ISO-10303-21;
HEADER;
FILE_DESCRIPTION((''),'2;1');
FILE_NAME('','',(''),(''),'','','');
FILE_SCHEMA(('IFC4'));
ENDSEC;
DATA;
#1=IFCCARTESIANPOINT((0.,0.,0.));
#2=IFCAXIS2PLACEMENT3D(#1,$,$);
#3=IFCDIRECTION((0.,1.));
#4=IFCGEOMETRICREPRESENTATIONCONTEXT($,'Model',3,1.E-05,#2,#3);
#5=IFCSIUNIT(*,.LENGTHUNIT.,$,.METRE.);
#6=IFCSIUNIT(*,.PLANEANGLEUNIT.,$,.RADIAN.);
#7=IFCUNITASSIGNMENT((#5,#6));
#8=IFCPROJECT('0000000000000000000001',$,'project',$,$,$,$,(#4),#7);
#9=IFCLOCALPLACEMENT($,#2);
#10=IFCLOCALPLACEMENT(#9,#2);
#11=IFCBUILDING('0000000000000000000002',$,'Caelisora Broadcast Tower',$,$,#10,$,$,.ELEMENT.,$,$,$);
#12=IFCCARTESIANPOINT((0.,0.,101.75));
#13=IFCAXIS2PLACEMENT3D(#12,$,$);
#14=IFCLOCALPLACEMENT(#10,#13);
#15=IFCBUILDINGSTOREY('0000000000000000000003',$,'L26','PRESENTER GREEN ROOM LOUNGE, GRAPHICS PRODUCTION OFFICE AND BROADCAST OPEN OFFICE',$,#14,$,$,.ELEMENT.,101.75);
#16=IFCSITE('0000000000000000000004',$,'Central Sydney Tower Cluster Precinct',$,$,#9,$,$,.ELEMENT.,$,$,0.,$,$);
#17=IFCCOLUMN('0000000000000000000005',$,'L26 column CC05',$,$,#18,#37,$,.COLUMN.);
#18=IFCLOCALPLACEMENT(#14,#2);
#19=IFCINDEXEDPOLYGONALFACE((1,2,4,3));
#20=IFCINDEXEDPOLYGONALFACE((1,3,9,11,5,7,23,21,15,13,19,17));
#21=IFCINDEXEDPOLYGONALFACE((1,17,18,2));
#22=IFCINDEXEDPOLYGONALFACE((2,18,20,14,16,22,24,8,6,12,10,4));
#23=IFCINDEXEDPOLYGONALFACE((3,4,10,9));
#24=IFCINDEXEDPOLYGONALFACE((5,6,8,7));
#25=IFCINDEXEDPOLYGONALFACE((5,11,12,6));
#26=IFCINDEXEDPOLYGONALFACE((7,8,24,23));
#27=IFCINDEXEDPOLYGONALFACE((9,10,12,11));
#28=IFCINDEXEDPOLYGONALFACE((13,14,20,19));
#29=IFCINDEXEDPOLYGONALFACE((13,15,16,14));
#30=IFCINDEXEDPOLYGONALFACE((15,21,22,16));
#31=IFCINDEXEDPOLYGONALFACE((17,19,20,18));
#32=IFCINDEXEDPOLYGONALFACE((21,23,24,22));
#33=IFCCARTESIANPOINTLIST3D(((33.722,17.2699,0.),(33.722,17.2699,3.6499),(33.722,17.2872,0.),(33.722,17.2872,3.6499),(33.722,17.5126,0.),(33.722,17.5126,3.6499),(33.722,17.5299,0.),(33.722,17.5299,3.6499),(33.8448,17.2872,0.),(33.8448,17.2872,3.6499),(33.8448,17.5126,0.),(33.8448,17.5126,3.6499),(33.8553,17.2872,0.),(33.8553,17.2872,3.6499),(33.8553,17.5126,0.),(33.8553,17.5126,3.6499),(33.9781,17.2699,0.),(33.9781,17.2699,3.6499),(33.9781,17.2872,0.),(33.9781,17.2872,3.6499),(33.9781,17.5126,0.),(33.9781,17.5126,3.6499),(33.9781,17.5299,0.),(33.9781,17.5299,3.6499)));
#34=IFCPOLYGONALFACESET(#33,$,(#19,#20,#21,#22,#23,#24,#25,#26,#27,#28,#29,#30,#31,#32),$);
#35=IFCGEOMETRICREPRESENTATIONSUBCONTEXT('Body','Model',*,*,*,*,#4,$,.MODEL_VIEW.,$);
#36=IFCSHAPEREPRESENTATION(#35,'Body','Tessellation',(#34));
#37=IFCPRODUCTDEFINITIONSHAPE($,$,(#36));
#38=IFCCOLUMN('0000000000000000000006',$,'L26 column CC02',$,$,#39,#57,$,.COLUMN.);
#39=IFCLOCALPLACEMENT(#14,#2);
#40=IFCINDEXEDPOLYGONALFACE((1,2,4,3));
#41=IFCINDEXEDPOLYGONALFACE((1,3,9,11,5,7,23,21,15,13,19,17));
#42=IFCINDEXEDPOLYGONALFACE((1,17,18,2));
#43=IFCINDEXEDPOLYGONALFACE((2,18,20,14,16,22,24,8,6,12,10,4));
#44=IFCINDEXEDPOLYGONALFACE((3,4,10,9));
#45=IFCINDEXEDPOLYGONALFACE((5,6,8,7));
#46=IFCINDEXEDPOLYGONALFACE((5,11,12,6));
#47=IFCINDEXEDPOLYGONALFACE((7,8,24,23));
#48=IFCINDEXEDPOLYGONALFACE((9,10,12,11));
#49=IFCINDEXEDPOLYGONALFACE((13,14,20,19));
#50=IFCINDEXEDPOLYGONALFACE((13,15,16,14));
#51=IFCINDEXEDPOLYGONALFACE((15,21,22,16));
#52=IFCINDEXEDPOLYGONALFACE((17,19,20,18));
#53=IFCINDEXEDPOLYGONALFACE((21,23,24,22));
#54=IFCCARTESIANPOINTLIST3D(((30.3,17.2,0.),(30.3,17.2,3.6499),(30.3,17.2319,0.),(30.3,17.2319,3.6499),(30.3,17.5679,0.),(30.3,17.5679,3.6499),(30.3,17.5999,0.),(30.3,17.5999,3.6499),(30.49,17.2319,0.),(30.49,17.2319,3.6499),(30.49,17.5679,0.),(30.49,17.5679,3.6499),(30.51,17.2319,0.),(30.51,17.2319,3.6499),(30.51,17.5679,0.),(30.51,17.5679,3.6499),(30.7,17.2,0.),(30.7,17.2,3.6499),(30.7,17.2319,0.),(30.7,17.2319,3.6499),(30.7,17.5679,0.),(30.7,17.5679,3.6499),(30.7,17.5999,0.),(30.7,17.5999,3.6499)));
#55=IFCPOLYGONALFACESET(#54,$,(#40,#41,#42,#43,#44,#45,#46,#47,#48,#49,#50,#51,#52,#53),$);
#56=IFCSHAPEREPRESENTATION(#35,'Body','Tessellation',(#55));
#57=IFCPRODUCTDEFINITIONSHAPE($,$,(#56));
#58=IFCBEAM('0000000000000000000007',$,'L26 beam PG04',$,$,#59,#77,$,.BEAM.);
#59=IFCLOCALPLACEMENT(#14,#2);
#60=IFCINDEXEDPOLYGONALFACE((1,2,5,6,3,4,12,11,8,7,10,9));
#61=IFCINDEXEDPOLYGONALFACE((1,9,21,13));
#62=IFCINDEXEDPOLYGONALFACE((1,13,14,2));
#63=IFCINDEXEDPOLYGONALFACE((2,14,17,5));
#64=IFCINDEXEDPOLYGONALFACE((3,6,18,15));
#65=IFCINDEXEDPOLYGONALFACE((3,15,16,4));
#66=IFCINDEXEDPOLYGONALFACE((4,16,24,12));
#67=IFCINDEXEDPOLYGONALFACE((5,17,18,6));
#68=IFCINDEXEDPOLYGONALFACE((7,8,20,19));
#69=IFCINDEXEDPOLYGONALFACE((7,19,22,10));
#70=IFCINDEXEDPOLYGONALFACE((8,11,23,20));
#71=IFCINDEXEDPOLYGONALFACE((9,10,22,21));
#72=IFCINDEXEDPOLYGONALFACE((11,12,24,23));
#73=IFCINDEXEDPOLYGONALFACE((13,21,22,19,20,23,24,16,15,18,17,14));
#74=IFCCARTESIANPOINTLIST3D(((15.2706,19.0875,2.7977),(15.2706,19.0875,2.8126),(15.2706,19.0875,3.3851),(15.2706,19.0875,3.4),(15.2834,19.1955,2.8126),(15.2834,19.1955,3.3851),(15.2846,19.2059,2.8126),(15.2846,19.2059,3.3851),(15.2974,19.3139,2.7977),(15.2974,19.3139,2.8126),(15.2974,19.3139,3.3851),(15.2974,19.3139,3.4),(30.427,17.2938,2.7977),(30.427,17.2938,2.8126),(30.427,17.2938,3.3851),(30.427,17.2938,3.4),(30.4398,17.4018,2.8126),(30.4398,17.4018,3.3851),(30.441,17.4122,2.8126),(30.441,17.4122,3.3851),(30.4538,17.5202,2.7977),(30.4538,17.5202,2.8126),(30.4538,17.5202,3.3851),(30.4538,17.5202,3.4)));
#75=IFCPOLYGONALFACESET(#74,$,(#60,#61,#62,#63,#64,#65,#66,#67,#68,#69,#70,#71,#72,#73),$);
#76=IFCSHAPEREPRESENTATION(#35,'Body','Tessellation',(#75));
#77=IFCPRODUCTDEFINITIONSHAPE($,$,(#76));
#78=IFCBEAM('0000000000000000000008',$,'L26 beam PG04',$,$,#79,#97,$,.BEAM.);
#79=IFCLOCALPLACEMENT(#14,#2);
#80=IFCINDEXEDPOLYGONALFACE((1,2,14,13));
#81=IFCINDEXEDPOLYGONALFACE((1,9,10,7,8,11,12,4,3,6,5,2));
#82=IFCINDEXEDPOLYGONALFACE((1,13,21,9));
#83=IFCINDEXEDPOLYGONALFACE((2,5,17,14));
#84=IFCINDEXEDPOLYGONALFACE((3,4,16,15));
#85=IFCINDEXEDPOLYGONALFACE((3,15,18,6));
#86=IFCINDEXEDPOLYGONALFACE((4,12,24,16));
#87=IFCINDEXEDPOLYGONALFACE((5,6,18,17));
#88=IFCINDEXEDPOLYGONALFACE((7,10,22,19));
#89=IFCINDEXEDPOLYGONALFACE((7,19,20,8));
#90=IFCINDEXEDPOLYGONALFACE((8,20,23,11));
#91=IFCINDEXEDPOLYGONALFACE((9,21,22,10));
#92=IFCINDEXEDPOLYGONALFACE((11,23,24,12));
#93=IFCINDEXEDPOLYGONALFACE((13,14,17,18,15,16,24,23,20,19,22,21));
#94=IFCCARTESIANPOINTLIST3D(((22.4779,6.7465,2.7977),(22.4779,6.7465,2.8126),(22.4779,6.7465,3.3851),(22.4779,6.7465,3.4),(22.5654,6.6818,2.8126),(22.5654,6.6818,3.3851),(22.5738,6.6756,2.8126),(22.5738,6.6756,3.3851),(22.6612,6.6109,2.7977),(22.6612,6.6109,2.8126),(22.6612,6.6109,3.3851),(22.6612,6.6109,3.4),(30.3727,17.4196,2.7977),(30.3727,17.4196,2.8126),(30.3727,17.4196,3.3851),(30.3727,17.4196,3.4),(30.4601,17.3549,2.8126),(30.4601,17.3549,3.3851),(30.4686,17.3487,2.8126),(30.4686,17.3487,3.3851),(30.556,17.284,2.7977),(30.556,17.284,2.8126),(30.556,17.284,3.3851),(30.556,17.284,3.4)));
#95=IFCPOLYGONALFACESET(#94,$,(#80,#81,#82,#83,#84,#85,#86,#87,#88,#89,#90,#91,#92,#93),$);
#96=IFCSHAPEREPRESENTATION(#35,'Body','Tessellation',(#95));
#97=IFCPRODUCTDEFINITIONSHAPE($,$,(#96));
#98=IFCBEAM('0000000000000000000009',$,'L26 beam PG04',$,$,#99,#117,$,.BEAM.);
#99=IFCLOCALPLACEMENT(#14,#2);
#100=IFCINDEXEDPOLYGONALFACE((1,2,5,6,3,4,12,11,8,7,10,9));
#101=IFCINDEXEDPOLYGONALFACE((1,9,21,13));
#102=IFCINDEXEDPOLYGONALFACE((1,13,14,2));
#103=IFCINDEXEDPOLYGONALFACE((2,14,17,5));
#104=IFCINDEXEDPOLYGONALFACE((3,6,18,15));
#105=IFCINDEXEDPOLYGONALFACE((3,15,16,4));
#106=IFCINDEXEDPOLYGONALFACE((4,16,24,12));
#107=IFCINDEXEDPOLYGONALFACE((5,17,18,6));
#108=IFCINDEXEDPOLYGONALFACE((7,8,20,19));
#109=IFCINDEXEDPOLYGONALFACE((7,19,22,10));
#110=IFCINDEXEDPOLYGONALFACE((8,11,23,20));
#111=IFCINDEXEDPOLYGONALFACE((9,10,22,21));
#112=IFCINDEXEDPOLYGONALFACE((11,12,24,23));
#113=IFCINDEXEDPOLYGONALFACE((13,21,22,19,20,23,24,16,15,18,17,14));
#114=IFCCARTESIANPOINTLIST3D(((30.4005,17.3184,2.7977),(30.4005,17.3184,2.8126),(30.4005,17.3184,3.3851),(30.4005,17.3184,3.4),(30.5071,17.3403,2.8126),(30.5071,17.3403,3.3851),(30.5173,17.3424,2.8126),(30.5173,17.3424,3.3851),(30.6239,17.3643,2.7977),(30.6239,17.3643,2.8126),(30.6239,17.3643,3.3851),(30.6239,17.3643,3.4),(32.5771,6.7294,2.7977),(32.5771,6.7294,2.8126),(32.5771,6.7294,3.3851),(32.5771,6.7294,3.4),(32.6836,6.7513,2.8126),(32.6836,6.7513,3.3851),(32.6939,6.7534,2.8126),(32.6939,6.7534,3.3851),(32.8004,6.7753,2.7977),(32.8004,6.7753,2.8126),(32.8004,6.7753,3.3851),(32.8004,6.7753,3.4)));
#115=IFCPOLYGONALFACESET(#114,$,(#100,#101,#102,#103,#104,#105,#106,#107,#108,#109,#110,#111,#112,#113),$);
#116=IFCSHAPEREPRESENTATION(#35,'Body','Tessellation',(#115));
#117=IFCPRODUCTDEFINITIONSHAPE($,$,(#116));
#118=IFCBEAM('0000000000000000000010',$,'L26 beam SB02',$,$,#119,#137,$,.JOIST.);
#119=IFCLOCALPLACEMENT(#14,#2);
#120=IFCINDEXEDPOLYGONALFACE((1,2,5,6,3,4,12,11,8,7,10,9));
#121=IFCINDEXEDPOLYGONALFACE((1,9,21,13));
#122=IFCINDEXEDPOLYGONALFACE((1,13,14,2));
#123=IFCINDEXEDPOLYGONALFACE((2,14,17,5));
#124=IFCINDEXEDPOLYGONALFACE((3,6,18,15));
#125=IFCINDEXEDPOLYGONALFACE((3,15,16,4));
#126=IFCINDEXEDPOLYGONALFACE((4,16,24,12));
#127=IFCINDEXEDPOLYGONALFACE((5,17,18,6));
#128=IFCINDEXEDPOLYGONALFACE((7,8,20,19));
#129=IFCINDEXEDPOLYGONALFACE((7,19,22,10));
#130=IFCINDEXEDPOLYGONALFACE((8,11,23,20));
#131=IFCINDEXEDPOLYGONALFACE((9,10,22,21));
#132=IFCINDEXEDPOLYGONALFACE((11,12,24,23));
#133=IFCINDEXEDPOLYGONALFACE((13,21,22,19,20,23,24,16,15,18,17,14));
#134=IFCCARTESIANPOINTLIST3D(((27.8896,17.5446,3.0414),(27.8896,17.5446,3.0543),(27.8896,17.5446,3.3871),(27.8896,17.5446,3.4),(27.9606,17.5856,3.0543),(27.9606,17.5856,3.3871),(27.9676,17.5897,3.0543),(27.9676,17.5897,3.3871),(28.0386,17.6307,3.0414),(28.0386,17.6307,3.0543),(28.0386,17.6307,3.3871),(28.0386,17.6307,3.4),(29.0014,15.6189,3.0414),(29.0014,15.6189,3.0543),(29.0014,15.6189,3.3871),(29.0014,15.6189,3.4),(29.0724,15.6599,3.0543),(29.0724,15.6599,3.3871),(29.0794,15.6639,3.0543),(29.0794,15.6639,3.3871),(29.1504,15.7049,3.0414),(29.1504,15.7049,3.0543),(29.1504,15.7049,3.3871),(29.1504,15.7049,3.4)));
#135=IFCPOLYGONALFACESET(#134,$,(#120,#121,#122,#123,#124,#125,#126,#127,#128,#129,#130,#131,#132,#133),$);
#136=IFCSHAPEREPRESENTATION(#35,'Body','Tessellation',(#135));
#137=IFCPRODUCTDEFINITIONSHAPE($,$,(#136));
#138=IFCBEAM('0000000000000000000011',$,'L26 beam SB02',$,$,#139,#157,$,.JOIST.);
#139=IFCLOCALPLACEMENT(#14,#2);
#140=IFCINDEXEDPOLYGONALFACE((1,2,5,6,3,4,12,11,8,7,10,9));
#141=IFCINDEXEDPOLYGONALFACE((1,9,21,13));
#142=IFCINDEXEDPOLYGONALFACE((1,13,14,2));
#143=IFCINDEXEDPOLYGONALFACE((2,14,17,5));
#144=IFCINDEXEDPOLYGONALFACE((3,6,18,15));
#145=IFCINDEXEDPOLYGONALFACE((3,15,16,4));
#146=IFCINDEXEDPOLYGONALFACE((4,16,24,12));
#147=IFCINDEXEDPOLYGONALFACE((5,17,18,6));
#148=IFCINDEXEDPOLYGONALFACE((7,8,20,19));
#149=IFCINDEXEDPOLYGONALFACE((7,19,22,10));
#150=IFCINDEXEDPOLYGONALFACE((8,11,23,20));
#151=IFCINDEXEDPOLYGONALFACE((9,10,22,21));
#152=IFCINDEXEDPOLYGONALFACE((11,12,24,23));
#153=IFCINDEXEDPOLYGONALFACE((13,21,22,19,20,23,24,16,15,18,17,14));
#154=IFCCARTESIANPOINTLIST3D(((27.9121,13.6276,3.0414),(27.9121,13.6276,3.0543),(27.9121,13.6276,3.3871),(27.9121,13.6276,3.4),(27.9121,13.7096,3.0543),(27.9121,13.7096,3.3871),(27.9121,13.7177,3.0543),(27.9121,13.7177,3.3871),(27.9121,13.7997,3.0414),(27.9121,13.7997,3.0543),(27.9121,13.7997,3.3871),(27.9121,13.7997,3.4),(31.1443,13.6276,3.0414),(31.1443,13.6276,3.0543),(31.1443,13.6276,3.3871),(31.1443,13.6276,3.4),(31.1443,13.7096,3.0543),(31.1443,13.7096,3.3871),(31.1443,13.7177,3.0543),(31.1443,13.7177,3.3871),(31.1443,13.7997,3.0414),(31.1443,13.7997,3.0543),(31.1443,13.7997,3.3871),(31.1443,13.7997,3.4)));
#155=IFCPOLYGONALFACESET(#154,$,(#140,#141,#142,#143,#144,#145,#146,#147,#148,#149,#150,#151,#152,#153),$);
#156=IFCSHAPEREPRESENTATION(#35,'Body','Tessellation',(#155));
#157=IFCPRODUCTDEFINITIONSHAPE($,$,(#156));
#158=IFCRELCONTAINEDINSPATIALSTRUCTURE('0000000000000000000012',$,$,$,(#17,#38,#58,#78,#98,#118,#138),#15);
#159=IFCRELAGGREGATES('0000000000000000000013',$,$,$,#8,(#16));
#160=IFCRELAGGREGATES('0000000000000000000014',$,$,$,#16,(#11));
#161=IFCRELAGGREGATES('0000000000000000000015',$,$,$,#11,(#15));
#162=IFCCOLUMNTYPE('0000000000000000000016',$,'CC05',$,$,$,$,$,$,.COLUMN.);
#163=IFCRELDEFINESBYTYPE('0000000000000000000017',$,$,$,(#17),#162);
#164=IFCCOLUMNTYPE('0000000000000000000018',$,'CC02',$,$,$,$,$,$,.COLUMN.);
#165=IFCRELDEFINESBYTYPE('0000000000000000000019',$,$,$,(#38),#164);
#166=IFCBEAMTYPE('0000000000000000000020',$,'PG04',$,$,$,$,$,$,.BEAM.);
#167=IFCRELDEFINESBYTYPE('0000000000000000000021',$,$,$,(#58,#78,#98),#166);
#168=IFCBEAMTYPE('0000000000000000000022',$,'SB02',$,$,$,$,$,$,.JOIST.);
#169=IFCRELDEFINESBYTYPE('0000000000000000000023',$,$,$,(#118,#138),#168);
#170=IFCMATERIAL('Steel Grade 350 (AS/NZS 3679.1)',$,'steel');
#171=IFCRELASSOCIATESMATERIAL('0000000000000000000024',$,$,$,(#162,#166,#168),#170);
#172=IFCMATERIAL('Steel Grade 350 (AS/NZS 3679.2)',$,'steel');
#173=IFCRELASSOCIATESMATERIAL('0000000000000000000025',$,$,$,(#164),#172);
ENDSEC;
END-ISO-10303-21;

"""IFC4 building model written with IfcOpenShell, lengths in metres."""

from ifc_helpers import new_model, si_unit, direction, frame, origin, origin_2d, place, context, subcontext, project, spatial, i_section, extrude, source, transform, mapped, material, material_profile, profile_set, type_object, type_shapes, element, save


model = new_model("IFC4")

# Units and contexts
model_context = context("Model", 3, precision=1e-05, world=origin(), true_north=direction((0.0, 1.0)))
body_context = subcontext(model_context, "Body", "Model", "MODEL_VIEW")
ifc_project = project(units=[si_unit("LENGTHUNIT", "METRE"), si_unit("PLANEANGLEUNIT", "RADIAN")], contexts=[model_context])

# Site, building, storey
site_placement = place(None, origin())
site = spatial("IfcSite", under=ifc_project, at=site_placement, Name="Central Sydney Tower Cluster Precinct", CompositionType="ELEMENT", RefElevation=0.0)
building_placement = place(site_placement, origin())
building = spatial("IfcBuilding", under=site, at=building_placement, Name="Caelisora Broadcast Tower", CompositionType="ELEMENT")
storey_placement = place(building_placement, frame((0.0, 0.0, 101.75)))
storey = spatial("IfcBuildingStorey", under=building, at=storey_placement, Name="L26", Description="PRESENTER GREEN ROOM LOUNGE, GRAPHICS PRODUCTION OFFICE AND BROADCAST OPEN OFFICE", CompositionType="ELEMENT", Elevation=101.75)

# Columns
ifc_material_1 = material(Name="Steel Grade 350 (AS/NZS 3679.1)", Category="steel")
ifc_material_profile_1 = material_profile(ifc_material_1, i_section(OverallWidth=0.2561, OverallDepth=0.26, WebThickness=0.0105, FlangeThickness=0.0173, at=origin_2d()), Name="Steel Grade 350 (AS/NZS 3679.1)")
ifc_profile_set_1 = profile_set([ifc_material_profile_1], Name="Steel Grade 350 (AS/NZS 3679.1)")
column_type_1 = type_object("IfcColumnType", Name="CC05", PredefinedType="COLUMN", material=ifc_profile_set_1)
shared_shape_1 = source(origin(), body_context, "Body", "SweptSolid", [
    extrude(i_section(OverallWidth=0.2561, OverallDepth=0.26, WebThickness=0.0105, FlangeThickness=0.0173, at=origin_2d()), origin(), (0.0, 0.0, 1.0), 3.6499),
])
type_shapes(column_type_1, [shared_shape_1])
column_1_placement = place(storey_placement, frame((33.8501, 17.3999, 0.0), z_axis=(0.0, 0.0, 1.0), x_axis=(1.0, 0.0, 0.0)))
element("IfcColumn", 1, at=column_1_placement, inside=storey, type_object=column_type_1, Name="L26 column CC05", PredefinedType="COLUMN", context=body_context, shape_type="MappedRepresentation", body=[
    mapped(shared_shape_1, transform((0.0, 0.0, 0.0), scale=1.0)),
])
ifc_material_2 = material(Name="Steel Grade 350 (AS/NZS 3679.2)", Category="steel")
ifc_material_profile_2 = material_profile(ifc_material_2, i_section(OverallWidth=0.3999, OverallDepth=0.3999, WebThickness=0.02, FlangeThickness=0.032, at=origin_2d()), Name="Steel Grade 350 (AS/NZS 3679.2)")
ifc_profile_set_2 = profile_set([ifc_material_profile_2], Name="Steel Grade 350 (AS/NZS 3679.2)")
column_type_2 = type_object("IfcColumnType", Name="CC02", PredefinedType="COLUMN", material=ifc_profile_set_2)
shared_shape_2 = source(origin(), body_context, "Body", "SweptSolid", [
    extrude(i_section(OverallWidth=0.3999, OverallDepth=0.3999, WebThickness=0.02, FlangeThickness=0.032, at=origin_2d()), origin(), (0.0, 0.0, 1.0), 3.6499),
])
type_shapes(column_type_2, [shared_shape_2])
column_2_placement = place(storey_placement, frame((30.5, 17.3999, 0.0), z_axis=(0.0, 0.0, 1.0), x_axis=(1.0, 0.0, 0.0)))
element("IfcColumn", 2, at=column_2_placement, inside=storey, type_object=column_type_2, Name="L26 column CC02", PredefinedType="COLUMN", context=body_context, shape_type="MappedRepresentation", body=[
    mapped(shared_shape_2, transform((0.0, 0.0, 0.0), scale=1.0)),
])

# Beams
ifc_material_profile_3 = material_profile(ifc_material_1, i_section(OverallWidth=0.228, OverallDepth=0.6023, WebThickness=0.0105, FlangeThickness=0.0149, at=origin_2d()), Name="Steel Grade 350 (AS/NZS 3679.1)")
ifc_profile_set_3 = profile_set([ifc_material_profile_3], Name="Steel Grade 350 (AS/NZS 3679.1)")
beam_type_1 = type_object("IfcBeamType", Name="PG04", PredefinedType="BEAM", material=ifc_profile_set_3)
shared_shape_3 = source(origin(), body_context, "Body", "SweptSolid", [
    extrude(i_section(OverallWidth=0.228, OverallDepth=0.6023, WebThickness=0.0105, FlangeThickness=0.0149, at=origin_2d()), origin(), (0.0, 0.0, 1.0), 15.2622),
])
beam_1_placement = place(storey_placement, frame((30.4404, 17.407, 3.0989), z_axis=(-0.99307, 0.117525, 0.0), x_axis=(-0.117525, -0.99307, 0.0)))
element("IfcBeam", 3, at=beam_1_placement, inside=storey, type_object=beam_type_1, Name="L26 beam PG04", PredefinedType="BEAM", context=body_context, shape_type="MappedRepresentation", body=[
    mapped(shared_shape_3, transform((0.0, 0.0, 0.0), scale=1.0)),
])
shared_shape_4 = source(origin(), body_context, "Body", "SweptSolid", [
    extrude(i_section(OverallWidth=0.228, OverallDepth=0.6023, WebThickness=0.0105, FlangeThickness=0.0149, at=origin_2d()), origin(), (0.0, 0.0, 1.0), 13.2756),
])
beam_2_placement = place(storey_placement, frame((30.4644, 17.3518, 3.0989), z_axis=(-0.594682, -0.803961, 0.0), x_axis=(0.803961, -0.594682, 0.0)))
element("IfcBeam", 4, at=beam_2_placement, inside=storey, type_object=beam_type_1, Name="L26 beam PG04", PredefinedType="BEAM", context=body_context, shape_type="MappedRepresentation", body=[
    mapped(shared_shape_4, transform((0.0, 0.0, 0.0), scale=1.0)),
])
shared_shape_5 = source(origin(), body_context, "Body", "SweptSolid", [
    extrude(i_section(OverallWidth=0.228, OverallDepth=0.6023, WebThickness=0.0105, FlangeThickness=0.0149, at=origin_2d()), origin(), (0.0, 0.0, 1.0), 10.8103),
])
type_shapes(beam_type_1, [shared_shape_3, shared_shape_4, shared_shape_5])
beam_3_placement = place(storey_placement, frame((30.5122, 17.3413, 3.0989), z_axis=(0.201338, -0.979522, 0.0), x_axis=(0.979522, 0.201338, 0.0)))
element("IfcBeam", 5, at=beam_3_placement, inside=storey, type_object=beam_type_1, Name="L26 beam PG04", PredefinedType="BEAM", context=body_context, shape_type="MappedRepresentation", body=[
    mapped(shared_shape_5, transform((0.0, 0.0, 0.0), scale=1.0)),
])
ifc_material_profile_4 = material_profile(ifc_material_1, i_section(OverallWidth=0.1721, OverallDepth=0.3586, WebThickness=0.0081, FlangeThickness=0.0129, at=origin_2d()), Name="Steel Grade 350 (AS/NZS 3679.1)")
ifc_profile_set_4 = profile_set([ifc_material_profile_4], Name="Steel Grade 350 (AS/NZS 3679.1)")
beam_type_2 = type_object("IfcBeamType", Name="SB02", PredefinedType="JOIST", material=ifc_profile_set_4)
shared_shape_6 = source(origin(), body_context, "Body", "SweptSolid", [
    extrude(i_section(OverallWidth=0.1721, OverallDepth=0.3586, WebThickness=0.0081, FlangeThickness=0.0129, at=origin_2d()), origin(), (0.0, 0.0, 1.0), 2.2236),
])
beam_4_placement = place(storey_placement, frame((27.9641, 17.5876, 3.2207), z_axis=(0.499989, -0.866032, 0.0), x_axis=(0.866032, 0.499989, 0.0)))
element("IfcBeam", 6, at=beam_4_placement, inside=storey, type_object=beam_type_2, Name="L26 beam SB02", PredefinedType="JOIST", context=body_context, shape_type="MappedRepresentation", body=[
    mapped(shared_shape_6, transform((0.0, 0.0, 0.0), scale=1.0)),
])
shared_shape_7 = source(origin(), body_context, "Body", "SweptSolid", [
    extrude(i_section(OverallWidth=0.1721, OverallDepth=0.3586, WebThickness=0.0081, FlangeThickness=0.0129, at=origin_2d()), origin(), (0.0, 0.0, 1.0), 3.2322),
])
beam_5_placement = place(storey_placement, frame((27.9121, 13.7136, 3.2207), z_axis=(1.0, 0.0, 0.0), x_axis=(0.0, 1.0, 0.0)))
element("IfcBeam", 7, at=beam_5_placement, inside=storey, type_object=beam_type_2, Name="L26 beam SB02", PredefinedType="JOIST", context=body_context, shape_type="MappedRepresentation", body=[
    mapped(shared_shape_7, transform((0.0, 0.0, 0.0), scale=1.0)),
])

save(model, "model.ifc")
